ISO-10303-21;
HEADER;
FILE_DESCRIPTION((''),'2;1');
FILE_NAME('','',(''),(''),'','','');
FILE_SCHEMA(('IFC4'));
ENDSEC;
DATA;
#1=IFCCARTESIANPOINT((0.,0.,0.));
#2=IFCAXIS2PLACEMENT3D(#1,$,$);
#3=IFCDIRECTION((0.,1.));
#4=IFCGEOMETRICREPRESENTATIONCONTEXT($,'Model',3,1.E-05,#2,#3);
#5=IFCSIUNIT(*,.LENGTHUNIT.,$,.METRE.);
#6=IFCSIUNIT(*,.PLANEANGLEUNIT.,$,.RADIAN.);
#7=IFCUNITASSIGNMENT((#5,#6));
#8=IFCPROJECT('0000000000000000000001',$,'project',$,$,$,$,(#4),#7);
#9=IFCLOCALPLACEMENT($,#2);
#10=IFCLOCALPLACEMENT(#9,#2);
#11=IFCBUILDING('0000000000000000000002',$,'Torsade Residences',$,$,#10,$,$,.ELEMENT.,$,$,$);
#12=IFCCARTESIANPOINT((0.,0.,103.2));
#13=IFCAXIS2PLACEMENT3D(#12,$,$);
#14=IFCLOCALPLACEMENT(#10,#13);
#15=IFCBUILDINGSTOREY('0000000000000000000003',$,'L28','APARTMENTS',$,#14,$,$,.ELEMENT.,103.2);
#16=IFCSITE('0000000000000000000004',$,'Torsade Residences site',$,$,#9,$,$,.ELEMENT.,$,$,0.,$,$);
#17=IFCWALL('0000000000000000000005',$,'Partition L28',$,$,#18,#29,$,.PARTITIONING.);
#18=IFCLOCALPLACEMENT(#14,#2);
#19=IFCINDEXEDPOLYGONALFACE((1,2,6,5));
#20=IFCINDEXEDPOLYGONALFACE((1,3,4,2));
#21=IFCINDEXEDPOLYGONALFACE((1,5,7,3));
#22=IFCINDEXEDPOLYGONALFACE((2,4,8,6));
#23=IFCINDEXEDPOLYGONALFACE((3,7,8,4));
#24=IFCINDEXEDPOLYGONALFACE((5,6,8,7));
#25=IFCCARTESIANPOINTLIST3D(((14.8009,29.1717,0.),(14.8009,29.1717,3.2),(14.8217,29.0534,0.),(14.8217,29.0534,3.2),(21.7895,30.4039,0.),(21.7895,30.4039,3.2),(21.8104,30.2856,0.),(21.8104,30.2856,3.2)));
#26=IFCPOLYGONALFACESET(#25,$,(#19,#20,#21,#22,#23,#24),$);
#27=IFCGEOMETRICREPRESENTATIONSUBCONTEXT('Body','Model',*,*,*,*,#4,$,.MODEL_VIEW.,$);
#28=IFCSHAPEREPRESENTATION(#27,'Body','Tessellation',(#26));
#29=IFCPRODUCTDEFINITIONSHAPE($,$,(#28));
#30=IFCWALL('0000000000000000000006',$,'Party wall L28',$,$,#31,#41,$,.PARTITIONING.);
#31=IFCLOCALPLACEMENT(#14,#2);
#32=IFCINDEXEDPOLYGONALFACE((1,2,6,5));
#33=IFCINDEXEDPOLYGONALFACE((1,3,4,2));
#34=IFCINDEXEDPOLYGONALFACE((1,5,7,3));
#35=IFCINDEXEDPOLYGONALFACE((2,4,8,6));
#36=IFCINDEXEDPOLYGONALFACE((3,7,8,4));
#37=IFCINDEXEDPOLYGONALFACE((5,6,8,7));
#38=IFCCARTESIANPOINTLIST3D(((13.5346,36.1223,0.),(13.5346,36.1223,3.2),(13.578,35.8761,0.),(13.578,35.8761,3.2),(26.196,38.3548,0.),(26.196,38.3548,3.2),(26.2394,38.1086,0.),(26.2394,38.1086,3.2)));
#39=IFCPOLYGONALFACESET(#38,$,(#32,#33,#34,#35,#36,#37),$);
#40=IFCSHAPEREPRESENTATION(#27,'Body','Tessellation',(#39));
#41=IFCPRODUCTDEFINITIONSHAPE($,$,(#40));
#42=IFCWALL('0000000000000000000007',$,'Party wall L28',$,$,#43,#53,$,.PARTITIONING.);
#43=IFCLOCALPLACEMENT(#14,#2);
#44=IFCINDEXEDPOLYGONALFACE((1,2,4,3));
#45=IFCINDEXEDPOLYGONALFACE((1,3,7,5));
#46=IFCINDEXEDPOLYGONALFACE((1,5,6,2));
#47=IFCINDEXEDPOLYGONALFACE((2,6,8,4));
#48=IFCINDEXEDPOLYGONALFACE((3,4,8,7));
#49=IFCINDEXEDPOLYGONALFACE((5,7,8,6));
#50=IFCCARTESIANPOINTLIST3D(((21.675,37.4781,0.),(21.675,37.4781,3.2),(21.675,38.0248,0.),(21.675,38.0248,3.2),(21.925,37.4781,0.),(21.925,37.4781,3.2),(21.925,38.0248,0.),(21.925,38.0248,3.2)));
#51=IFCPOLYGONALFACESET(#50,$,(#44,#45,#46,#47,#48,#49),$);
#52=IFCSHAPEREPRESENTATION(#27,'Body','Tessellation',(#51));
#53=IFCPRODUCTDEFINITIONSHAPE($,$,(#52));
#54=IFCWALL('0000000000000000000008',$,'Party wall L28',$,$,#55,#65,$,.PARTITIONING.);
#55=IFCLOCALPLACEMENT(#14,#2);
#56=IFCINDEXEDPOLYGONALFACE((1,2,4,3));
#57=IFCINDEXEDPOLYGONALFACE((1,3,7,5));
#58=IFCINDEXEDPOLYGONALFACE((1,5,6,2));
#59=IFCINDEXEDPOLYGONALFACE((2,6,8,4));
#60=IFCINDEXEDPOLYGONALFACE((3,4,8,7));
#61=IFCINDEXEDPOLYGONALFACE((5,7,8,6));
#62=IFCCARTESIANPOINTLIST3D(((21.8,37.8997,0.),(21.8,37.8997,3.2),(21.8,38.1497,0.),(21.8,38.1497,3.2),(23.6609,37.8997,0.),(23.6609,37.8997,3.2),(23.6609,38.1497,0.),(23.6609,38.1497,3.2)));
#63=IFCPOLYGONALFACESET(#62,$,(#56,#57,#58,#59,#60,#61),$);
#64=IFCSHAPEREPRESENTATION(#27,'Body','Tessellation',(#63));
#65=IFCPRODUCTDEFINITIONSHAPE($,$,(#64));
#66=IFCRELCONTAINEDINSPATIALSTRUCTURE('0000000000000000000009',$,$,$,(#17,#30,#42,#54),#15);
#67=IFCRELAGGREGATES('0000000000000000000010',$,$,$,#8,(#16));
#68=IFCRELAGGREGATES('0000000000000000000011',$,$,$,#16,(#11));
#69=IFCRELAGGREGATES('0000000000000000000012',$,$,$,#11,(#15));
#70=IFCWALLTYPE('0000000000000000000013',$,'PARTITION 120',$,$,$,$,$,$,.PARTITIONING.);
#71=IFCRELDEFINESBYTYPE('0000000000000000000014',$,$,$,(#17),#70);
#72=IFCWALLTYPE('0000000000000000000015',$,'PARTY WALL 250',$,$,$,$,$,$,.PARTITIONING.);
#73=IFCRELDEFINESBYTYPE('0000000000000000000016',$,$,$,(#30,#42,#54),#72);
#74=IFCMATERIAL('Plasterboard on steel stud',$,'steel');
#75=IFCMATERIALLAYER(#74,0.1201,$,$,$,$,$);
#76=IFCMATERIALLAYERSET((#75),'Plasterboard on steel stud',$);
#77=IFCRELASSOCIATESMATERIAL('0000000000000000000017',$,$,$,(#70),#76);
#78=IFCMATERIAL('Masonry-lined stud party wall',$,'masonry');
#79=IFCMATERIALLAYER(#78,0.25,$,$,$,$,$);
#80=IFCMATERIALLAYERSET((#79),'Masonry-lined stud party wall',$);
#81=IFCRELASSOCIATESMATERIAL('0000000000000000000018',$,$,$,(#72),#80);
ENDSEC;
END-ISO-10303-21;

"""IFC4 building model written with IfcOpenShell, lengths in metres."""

from ifc_helpers import new_model, si_unit, direction, frame, frame_2d, origin, place, context, subcontext, project, spatial, rectangle, extrude, material, layer, layer_set, type_object, element, save


model = new_model("IFC4")

# Units and contexts
model_context = context("Model", 3, precision=1e-05, world=origin(), true_north=direction((0.0, 1.0)))
body_context = subcontext(model_context, "Body", "Model", "MODEL_VIEW")
ifc_project = project(units=[si_unit("LENGTHUNIT", "METRE"), si_unit("PLANEANGLEUNIT", "RADIAN")], contexts=[model_context])

# Site, building, storey
site_placement = place(None, origin())
site = spatial("IfcSite", under=ifc_project, at=site_placement, Name="Torsade Residences site", CompositionType="ELEMENT", RefElevation=0.0)
building_placement = place(site_placement, origin())
building = spatial("IfcBuilding", under=site, at=building_placement, Name="Torsade Residences", CompositionType="ELEMENT")
storey_placement = place(building_placement, frame((0.0, 0.0, 103.2)))
storey = spatial("IfcBuildingStorey", under=building, at=storey_placement, Name="L28", Description="APARTMENTS", CompositionType="ELEMENT", Elevation=103.2)

# Shared definitions
ifc_material_1 = material(Name="Plasterboard on steel stud", Category="steel")
ifc_layer_1 = layer(ifc_material_1, 0.1201)
ifc_layer_set_1 = layer_set([ifc_layer_1], Name="Plasterboard on steel stud")
wall_type_1 = type_object("IfcWallType", Name="PARTITION 120", PredefinedType="PARTITIONING", material=ifc_layer_set_1)

# Walls
wall_1_placement = place(storey_placement, frame((21.8, 30.3447, 0.0), z_axis=(0.0, 0.0, 1.0), x_axis=(-0.98481, -0.173636, 0.0)))
element("IfcWall", 1, at=wall_1_placement, inside=storey, type_object=wall_type_1, Name="Partition L28", PredefinedType="PARTITIONING", context=body_context, shape_type="SweptSolid", body=[
    extrude(rectangle(XDim=7.0964, YDim=0.1201, at=frame_2d((3.5483, 0.0))), origin(), (0.0, 0.0, 1.0), 3.2),
])
ifc_material_2 = material(Name="Masonry-lined stud party wall", Category="masonry")
ifc_layer_2 = layer(ifc_material_2, 0.25)
ifc_layer_set_2 = layer_set([ifc_layer_2], Name="Masonry-lined stud party wall")
wall_type_2 = type_object("IfcWallType", Name="PARTY WALL 250", PredefinedType="PARTITIONING", material=ifc_layer_set_2)
wall_2_placement = place(storey_placement, frame((13.5564, 35.9993, 0.0), z_axis=(0.0, 0.0, 1.0), x_axis=(0.984809, 0.173639, 0.0)))
element("IfcWall", 2, at=wall_2_placement, inside=storey, type_object=wall_type_2, Name="Party wall L28", PredefinedType="PARTITIONING", context=body_context, shape_type="SweptSolid", body=[
    extrude(rectangle(XDim=12.8567, YDim=0.25, at=frame_2d((6.4282, 0.0))), origin(), (0.0, 0.0, 1.0), 3.2),
])
wall_3_placement = place(storey_placement, frame((21.8, 37.478, 0.0), z_axis=(0.0, 0.0, 1.0), x_axis=(0.0, 1.0, 0.0)))
element("IfcWall", 3, at=wall_3_placement, inside=storey, type_object=wall_type_2, Name="Party wall L28", PredefinedType="PARTITIONING", context=body_context, shape_type="SweptSolid", body=[
    extrude(rectangle(XDim=0.5466, YDim=0.25, at=frame_2d((0.2734, 0.0))), origin(), (0.0, 0.0, 1.0), 3.2),
])
wall_4_placement = place(storey_placement, frame((21.8, 38.0247, 0.0), z_axis=(0.0, 0.0, 1.0), x_axis=(1.0, 0.0, 0.0)))
element("IfcWall", 4, at=wall_4_placement, inside=storey, type_object=wall_type_2, Name="Party wall L28", PredefinedType="PARTITIONING", context=body_context, shape_type="SweptSolid", body=[
    extrude(rectangle(XDim=1.8608, YDim=0.25, at=frame_2d((0.9304, 0.0))), origin(), (0.0, 0.0, 1.0), 3.2),
])

save(model, "model.ifc")
